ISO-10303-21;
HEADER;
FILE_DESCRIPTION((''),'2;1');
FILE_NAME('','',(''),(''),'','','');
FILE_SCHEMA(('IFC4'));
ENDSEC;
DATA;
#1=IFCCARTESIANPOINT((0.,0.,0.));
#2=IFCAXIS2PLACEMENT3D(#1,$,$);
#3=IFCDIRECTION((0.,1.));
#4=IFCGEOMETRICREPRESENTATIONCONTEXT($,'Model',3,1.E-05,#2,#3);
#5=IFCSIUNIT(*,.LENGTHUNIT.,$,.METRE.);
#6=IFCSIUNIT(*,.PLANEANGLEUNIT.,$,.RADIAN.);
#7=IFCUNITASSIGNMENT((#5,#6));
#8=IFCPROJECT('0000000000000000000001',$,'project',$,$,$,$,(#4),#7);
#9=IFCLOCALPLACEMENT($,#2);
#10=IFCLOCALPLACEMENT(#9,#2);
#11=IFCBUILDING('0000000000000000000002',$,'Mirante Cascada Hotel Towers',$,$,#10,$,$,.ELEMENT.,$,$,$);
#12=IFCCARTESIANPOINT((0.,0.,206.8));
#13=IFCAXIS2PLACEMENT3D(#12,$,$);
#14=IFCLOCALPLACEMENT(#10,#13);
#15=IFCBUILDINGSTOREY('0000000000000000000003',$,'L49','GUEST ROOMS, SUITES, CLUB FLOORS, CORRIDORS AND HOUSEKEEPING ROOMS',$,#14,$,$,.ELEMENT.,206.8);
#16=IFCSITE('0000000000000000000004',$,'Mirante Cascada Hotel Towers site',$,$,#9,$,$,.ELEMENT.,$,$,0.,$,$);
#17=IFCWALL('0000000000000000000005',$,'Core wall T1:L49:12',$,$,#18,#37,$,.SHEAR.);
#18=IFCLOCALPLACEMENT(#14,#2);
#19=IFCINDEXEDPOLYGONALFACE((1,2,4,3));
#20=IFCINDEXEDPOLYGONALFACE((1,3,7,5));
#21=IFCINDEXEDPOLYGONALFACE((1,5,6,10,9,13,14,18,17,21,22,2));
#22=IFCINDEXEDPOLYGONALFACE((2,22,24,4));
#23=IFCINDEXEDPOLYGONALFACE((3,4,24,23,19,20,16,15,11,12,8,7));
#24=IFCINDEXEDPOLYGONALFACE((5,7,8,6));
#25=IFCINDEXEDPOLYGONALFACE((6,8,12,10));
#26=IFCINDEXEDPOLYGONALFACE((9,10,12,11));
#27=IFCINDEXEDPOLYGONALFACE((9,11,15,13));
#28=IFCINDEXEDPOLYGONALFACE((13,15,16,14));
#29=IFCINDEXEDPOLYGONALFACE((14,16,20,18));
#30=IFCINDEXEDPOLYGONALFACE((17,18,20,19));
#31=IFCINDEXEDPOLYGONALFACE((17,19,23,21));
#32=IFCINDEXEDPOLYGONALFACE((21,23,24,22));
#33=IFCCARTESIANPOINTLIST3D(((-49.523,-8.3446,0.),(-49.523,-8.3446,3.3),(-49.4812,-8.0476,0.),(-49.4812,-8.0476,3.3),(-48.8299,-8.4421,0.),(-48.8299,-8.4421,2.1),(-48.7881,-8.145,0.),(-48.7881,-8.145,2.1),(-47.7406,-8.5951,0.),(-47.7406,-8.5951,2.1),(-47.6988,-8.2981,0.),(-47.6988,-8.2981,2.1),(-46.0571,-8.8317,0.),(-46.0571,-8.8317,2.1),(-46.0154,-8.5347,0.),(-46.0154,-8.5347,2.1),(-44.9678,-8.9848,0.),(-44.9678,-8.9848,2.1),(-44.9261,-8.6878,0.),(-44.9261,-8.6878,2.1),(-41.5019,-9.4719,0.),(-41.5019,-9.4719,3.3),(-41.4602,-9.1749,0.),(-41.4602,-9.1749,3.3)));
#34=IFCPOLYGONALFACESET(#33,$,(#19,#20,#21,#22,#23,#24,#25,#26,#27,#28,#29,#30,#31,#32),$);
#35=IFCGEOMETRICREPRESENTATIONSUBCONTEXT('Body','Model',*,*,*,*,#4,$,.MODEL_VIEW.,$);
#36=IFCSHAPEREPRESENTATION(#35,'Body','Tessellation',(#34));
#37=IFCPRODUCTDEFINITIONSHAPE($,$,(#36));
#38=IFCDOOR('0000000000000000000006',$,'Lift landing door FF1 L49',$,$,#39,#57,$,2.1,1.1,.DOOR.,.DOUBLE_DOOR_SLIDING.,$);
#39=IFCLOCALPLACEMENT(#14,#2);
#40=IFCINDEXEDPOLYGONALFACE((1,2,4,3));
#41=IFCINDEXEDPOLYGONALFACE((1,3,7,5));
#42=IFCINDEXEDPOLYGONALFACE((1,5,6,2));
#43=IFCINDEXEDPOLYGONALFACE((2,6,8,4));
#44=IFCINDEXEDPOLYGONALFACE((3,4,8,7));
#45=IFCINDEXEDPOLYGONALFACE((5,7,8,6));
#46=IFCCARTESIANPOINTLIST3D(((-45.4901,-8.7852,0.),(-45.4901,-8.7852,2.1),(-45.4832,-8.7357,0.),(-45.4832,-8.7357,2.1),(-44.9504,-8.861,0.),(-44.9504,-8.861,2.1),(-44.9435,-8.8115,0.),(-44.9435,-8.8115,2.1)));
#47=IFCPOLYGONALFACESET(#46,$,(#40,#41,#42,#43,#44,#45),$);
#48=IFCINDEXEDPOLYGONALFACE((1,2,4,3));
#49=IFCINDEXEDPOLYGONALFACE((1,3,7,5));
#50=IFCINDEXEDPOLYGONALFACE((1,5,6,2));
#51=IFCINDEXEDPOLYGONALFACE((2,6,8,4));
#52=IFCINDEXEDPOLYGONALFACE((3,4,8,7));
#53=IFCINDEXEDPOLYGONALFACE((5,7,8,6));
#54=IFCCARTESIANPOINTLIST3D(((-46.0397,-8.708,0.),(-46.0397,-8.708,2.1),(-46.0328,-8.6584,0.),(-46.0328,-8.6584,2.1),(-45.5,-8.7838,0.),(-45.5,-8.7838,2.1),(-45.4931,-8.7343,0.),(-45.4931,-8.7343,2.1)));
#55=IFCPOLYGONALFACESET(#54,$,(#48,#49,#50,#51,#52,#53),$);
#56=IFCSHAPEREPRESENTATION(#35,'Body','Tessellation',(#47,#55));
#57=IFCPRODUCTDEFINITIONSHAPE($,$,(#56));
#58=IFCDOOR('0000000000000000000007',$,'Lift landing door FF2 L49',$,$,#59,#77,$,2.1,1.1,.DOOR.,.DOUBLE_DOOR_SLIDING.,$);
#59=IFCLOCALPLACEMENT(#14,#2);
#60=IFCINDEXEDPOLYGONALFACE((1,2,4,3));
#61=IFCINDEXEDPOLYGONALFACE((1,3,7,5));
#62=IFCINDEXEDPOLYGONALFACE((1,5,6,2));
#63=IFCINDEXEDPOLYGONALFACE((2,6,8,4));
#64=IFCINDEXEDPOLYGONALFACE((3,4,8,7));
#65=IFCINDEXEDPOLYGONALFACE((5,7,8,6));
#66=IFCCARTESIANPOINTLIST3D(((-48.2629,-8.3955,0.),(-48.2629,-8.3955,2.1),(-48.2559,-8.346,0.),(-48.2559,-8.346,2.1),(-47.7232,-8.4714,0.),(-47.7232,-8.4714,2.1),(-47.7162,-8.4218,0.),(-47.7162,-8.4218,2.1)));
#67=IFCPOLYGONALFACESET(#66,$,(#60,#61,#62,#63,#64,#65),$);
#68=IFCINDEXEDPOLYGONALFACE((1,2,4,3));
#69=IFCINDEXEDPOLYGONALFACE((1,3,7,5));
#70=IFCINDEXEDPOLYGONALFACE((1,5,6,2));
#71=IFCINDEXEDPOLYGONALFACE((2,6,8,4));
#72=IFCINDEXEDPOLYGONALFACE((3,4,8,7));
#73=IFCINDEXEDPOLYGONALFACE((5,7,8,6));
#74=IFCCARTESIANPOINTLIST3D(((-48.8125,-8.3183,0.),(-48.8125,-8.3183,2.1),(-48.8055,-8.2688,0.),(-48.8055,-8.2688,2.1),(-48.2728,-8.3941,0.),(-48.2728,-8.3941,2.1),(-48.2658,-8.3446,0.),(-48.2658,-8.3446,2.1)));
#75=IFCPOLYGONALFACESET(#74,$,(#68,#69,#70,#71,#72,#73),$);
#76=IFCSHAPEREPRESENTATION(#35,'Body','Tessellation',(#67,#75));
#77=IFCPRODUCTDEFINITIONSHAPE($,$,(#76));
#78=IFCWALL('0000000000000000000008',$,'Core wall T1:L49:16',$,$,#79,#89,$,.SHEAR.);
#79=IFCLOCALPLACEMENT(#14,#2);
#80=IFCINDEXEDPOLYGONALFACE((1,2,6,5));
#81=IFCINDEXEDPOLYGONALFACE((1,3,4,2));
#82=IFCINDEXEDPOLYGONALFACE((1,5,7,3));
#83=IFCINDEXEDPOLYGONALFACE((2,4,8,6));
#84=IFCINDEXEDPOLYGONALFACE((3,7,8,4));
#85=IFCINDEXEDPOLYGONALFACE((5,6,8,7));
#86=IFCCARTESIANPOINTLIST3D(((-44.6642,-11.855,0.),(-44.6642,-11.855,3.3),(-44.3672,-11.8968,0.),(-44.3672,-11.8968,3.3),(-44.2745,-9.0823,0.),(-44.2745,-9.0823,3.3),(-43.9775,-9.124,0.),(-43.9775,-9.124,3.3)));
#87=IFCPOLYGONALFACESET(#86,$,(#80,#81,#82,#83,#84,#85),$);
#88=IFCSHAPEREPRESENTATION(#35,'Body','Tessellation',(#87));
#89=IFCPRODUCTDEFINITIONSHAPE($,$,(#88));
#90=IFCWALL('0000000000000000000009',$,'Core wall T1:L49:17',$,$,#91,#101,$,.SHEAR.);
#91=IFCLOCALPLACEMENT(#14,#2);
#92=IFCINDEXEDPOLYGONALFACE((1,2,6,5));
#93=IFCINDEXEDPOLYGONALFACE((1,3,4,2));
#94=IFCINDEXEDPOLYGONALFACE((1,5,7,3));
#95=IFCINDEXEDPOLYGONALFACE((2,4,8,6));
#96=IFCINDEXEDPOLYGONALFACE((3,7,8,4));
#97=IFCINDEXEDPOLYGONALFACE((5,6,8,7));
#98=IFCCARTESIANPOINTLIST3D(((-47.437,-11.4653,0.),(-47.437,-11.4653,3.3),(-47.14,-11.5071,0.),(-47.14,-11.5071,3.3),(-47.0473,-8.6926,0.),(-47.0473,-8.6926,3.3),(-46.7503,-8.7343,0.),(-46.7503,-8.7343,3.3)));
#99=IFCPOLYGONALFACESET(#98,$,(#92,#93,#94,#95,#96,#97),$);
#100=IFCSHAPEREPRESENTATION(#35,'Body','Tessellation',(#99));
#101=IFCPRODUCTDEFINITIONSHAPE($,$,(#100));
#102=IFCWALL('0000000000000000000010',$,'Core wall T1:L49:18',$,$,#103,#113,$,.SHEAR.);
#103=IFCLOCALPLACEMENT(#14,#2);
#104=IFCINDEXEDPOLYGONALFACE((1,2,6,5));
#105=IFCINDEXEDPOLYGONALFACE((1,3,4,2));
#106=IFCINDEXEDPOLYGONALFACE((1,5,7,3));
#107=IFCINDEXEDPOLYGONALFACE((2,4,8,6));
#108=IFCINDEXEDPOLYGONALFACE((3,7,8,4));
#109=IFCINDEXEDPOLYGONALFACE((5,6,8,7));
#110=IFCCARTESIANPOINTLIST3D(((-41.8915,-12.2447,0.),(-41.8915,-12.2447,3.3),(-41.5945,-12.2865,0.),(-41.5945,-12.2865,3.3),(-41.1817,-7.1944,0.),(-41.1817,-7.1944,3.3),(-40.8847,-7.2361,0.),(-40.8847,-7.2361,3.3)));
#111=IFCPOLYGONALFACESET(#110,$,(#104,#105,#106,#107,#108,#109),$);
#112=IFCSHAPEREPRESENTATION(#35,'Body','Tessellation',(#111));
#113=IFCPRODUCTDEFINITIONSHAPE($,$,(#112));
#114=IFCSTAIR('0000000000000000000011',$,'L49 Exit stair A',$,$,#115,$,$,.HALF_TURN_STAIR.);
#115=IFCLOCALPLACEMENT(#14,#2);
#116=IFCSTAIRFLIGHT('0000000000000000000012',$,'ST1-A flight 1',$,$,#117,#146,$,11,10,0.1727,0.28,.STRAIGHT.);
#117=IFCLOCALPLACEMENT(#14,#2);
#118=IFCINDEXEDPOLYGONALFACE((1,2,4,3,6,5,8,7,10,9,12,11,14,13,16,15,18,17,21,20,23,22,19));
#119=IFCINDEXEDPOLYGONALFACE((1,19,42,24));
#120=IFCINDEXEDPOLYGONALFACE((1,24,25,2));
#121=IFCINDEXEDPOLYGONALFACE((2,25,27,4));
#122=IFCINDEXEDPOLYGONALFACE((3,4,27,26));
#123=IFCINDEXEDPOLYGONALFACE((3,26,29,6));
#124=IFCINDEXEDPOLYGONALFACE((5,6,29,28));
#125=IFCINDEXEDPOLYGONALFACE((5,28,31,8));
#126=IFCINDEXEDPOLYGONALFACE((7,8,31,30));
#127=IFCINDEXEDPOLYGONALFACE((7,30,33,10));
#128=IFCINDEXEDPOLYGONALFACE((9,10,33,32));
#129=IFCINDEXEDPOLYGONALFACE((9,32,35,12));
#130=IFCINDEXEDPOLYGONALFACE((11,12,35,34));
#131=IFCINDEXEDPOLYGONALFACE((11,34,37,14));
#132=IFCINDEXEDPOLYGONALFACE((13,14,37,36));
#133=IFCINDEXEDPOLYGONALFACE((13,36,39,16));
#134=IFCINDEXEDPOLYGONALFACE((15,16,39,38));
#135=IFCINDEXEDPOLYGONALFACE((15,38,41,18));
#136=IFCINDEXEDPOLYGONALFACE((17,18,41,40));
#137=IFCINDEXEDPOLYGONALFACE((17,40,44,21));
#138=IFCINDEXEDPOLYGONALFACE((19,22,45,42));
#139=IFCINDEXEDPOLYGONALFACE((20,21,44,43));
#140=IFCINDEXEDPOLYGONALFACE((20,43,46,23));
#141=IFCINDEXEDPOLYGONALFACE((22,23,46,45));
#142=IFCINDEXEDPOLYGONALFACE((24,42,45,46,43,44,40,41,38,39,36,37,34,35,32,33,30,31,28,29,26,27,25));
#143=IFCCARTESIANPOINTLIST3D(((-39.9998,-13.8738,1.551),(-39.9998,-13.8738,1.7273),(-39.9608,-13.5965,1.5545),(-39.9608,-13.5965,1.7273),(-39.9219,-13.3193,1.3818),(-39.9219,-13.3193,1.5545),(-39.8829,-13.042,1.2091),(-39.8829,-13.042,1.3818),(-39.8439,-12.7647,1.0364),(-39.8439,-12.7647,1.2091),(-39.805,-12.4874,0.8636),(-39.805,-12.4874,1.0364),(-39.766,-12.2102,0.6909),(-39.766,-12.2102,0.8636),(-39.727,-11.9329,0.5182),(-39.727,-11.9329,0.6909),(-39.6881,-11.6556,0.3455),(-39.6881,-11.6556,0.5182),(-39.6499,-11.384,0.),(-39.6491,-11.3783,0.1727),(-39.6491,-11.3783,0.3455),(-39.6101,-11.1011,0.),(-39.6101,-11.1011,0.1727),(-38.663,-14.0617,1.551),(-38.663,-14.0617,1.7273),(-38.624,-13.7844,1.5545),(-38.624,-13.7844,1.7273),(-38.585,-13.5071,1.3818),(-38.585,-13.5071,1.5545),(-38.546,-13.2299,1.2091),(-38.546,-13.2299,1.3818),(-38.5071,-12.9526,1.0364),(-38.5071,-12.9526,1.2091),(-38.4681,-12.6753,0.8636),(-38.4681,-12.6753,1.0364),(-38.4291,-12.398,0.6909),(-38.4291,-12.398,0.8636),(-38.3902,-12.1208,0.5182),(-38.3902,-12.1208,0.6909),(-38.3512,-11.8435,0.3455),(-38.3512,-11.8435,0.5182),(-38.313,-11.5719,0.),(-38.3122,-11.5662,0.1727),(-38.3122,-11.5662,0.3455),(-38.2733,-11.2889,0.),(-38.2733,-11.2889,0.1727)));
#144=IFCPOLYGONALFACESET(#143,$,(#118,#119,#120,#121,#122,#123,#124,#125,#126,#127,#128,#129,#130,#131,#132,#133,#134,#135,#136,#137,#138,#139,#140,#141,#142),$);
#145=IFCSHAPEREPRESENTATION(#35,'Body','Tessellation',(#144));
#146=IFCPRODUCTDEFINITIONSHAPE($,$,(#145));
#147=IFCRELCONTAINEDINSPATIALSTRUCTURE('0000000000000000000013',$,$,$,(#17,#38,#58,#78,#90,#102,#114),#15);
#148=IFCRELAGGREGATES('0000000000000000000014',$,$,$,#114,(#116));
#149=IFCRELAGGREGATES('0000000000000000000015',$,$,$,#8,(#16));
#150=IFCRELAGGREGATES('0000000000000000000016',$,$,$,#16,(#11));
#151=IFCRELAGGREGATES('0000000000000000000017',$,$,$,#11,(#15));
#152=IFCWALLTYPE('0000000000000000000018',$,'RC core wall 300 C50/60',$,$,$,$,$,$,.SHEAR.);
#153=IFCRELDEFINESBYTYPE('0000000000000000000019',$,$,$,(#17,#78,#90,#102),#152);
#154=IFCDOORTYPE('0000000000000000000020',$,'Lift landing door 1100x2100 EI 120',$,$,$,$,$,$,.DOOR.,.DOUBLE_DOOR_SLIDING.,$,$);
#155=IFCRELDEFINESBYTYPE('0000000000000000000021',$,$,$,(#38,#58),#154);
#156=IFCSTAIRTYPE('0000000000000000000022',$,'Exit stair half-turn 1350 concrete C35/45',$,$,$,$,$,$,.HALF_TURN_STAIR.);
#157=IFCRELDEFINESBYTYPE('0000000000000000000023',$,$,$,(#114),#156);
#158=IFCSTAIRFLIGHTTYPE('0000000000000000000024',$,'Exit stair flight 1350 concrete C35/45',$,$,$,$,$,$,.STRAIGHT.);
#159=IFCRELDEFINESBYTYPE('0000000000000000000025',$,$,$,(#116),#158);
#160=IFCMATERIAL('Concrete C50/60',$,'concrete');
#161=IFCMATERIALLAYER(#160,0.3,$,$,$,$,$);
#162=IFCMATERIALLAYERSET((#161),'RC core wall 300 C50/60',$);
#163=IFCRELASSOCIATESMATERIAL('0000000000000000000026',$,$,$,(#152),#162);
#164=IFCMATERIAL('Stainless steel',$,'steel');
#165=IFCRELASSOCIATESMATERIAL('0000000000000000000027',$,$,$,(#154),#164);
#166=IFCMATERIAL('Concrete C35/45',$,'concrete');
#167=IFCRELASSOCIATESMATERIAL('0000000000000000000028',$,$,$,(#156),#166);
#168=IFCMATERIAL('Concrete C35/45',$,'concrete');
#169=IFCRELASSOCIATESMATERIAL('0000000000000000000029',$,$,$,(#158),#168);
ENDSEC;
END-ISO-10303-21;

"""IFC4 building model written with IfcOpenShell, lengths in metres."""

from ifc_helpers import new_model, si_unit, direction, frame, frame_2d, origin, place, context, subcontext, project, spatial, polyline, rectangle, outline, extrude, material, layer, layer_set, type_object, element, fill, aggregate, save


model = new_model("IFC4")

# Units and contexts
model_context = context("Model", 3, precision=1e-05, world=origin(), true_north=direction((0.0, 1.0)))
body_context = subcontext(model_context, "Body", "Model", "MODEL_VIEW")
ifc_project = project(units=[si_unit("LENGTHUNIT", "METRE"), si_unit("PLANEANGLEUNIT", "RADIAN")], contexts=[model_context])

# Site, building, storey
site_placement = place(None, origin())
site = spatial("IfcSite", under=ifc_project, at=site_placement, Name="Mirante Cascada Hotel Towers site", CompositionType="ELEMENT", RefElevation=0.0)
building_placement = place(site_placement, origin())
building = spatial("IfcBuilding", under=site, at=building_placement, Name="Mirante Cascada Hotel Towers", CompositionType="ELEMENT")
storey_placement = place(building_placement, frame((0.0, 0.0, 206.8)))
storey = spatial("IfcBuildingStorey", under=building, at=storey_placement, Name="L49", Description="GUEST ROOMS, SUITES, CLUB FLOORS, CORRIDORS AND HOUSEKEEPING ROOMS", CompositionType="ELEMENT", Elevation=206.8)

# Shared definitions
ifc_material_1 = material(Name="Concrete C50/60", Category="concrete")
ifc_layer_1 = layer(ifc_material_1, 0.3)
ifc_layer_set_1 = layer_set([ifc_layer_1], Name="RC core wall 300 C50/60")
wall_type_1 = type_object("IfcWallType", Name="RC core wall 300 C50/60", PredefinedType="SHEAR", material=ifc_layer_set_1)
ifc_material_2 = material(Name="Stainless steel", Category="steel")
door_type_1 = type_object("IfcDoorType", Name="Lift landing door 1100x2100 EI 120", OperationType="DOUBLE_DOOR_SLIDING", PredefinedType="DOOR", material=ifc_material_2)

# Wall, openings, doors
wall_1_placement = place(storey_placement, frame((-41.481, -9.3234, 0.0), z_axis=(0.0, 0.0, 1.0), x_axis=(-0.990268, 0.139174, 0.0)))
wall_1 = element("IfcWall", 1, at=wall_1_placement, inside=storey, type_object=wall_type_1, Name="Core wall T1:L49:12", PredefinedType="SHEAR", context=body_context, shape_type="SweptSolid", body=[
    extrude(rectangle(XDim=8.0999, YDim=0.3, at=frame_2d((4.05, 0.0))), origin(), (0.0, 0.0, 1.0), 3.3),
])
opening_1_placement = place(wall_1_placement, frame((3.5, 0.0, 0.0)))
opening_1 = element("IfcOpeningElement", 2, at=opening_1_placement, cuts=wall_1, PredefinedType="OPENING", context=body_context, shape_type="SweptSolid", body=[
    extrude(rectangle(XDim=1.1, YDim=2.1, at=frame_2d((0.55, 1.05))), frame((0.0, 0.15, 0.0), z_axis=(0.0, -1.0, 0.0), x_axis=(1.0, 0.0, 0.0)), (0.0, 0.0, 1.0), 0.3),
])
opening_2_placement = place(wall_1_placement, frame((6.3, 0.0, 0.0)))
opening_2 = element("IfcOpeningElement", 3, at=opening_2_placement, cuts=wall_1, PredefinedType="OPENING", context=body_context, shape_type="SweptSolid", body=[
    extrude(rectangle(XDim=1.1, YDim=2.1, at=frame_2d((0.55, 1.05))), frame((0.0, 0.15, 0.0), z_axis=(0.0, -1.0, 0.0), x_axis=(1.0, 0.0, 0.0)), (0.0, 0.0, 1.0), 0.3),
])
door_1_placement = place(opening_1_placement, origin())
door_1 = element("IfcDoor", 4, at=door_1_placement, inside=storey, type_object=door_type_1, Name="Lift landing door FF1 L49", OperationType="DOUBLE_DOOR_SLIDING", OverallHeight=2.1, OverallWidth=1.1, PredefinedType="DOOR", context=body_context, shape_type="SweptSolid", body=[
    extrude(rectangle(XDim=0.545, YDim=2.1, at=frame_2d((0.2725, 1.05))), frame((0.0, 0.025, 0.0), z_axis=(0.0, -1.0, 0.0), x_axis=(1.0, 0.0, 0.0)), (0.0, 0.0, 1.0), 0.05),
    extrude(rectangle(XDim=0.545, YDim=2.1, at=frame_2d((0.8275, 1.05))), frame((0.0, 0.025, 0.0), z_axis=(0.0, -1.0, 0.0), x_axis=(1.0, 0.0, 0.0)), (0.0, 0.0, 1.0), 0.05),
])
fill(opening_1, door_1)
door_2_placement = place(opening_2_placement, origin())
door_2 = element("IfcDoor", 5, at=door_2_placement, inside=storey, type_object=door_type_1, Name="Lift landing door FF2 L49", OperationType="DOUBLE_DOOR_SLIDING", OverallHeight=2.1, OverallWidth=1.1, PredefinedType="DOOR", context=body_context, shape_type="SweptSolid", body=[
    extrude(rectangle(XDim=0.545, YDim=2.1, at=frame_2d((0.2725, 1.05))), frame((0.0, 0.025, 0.0), z_axis=(0.0, -1.0, 0.0), x_axis=(1.0, 0.0, 0.0)), (0.0, 0.0, 1.0), 0.05),
    extrude(rectangle(XDim=0.545, YDim=2.1, at=frame_2d((0.8275, 1.05))), frame((0.0, 0.025, 0.0), z_axis=(0.0, -1.0, 0.0), x_axis=(1.0, 0.0, 0.0)), (0.0, 0.0, 1.0), 0.05),
])
fill(opening_2, door_2)

# Walls
for number, where, z_axis, x_axis, name in (
    (6, (-44.5157, -11.8759, 0.0), (0.0, 0.0, 1.0), (0.139181, 0.990267, 0.0), "Core wall T1:L49:16"),
    (7, (-47.2885, -11.4862, 0.0), (0.0, 0.0, 1.0), (0.139181, 0.990267, 0.0), "Core wall T1:L49:17"),
):
    element("IfcWall", number, at=place(storey_placement, frame(where, z_axis=z_axis, x_axis=x_axis)), inside=storey, type_object=wall_type_1, Name=name, PredefinedType="SHEAR", context=body_context, shape_type="SweptSolid", body=[
        extrude(rectangle(XDim=2.8, YDim=0.3, at=frame_2d((1.4, 0.0))), origin(), (0.0, 0.0, 1.0), 3.3),
    ])
wall_2_placement = place(storey_placement, frame((-41.743, -12.2656, 0.0), z_axis=(0.0, 0.0, 1.0), x_axis=(0.139176, 0.990268, 0.0)))
element("IfcWall", 8, at=wall_2_placement, inside=storey, type_object=wall_type_1, Name="Core wall T1:L49:18", PredefinedType="SHEAR", context=body_context, shape_type="SweptSolid", body=[
    extrude(rectangle(XDim=5.1, YDim=0.3, at=frame_2d((2.55, 0.0))), origin(), (0.0, 0.0, 1.0), 3.3),
])

# Stair, stair flight
ifc_material_3 = material(Name="Concrete C35/45", Category="concrete")
stair_type = type_object("IfcStairType", Name="Exit stair half-turn 1350 concrete C35/45", PredefinedType="HALF_TURN_STAIR", material=ifc_material_3)
stair_placement = place(storey_placement, origin())
stair = element("IfcStair", 9, at=stair_placement, inside=storey, type_object=stair_type, Name="L49 Exit stair A", PredefinedType="HALF_TURN_STAIR")
ifc_material_4 = material(Name="Concrete C35/45", Category="concrete")
stair_flight_type = type_object("IfcStairFlightType", Name="Exit stair flight 1350 concrete C35/45", PredefinedType="STRAIGHT", material=ifc_material_4)
stair_flight_placement = place(storey_placement, frame((-38.9417, -11.195, 0.0), z_axis=(0.0, 0.0, 1.0), x_axis=(-0.139173, -0.990268, 0.0)))
stair_flight = element("IfcStairFlight", 10, at=stair_flight_placement, type_object=stair_flight_type, Name="ST1-A flight 1", NumberOfRisers=11, NumberOfTreads=10, PredefinedType="STRAIGHT", RiserHeight=0.1727, TreadLength=0.28, context=body_context, shape_type="SweptSolid", body=[
    extrude(outline(polyline([(0.0, 0.0), (0.0, 0.1727), (0.28, 0.1727), (0.28, 0.3455), (0.56, 0.3455), (0.56, 0.5182), (0.84, 0.5182), (0.84, 0.6909), (1.12, 0.6909), (1.12, 0.8636), (1.4, 0.8636), (1.4, 1.0364), (1.68, 1.0364), (1.68, 1.2091), (1.96, 1.2091), (1.96, 1.3818), (2.24, 1.3818), (2.24, 1.5545), (2.52, 1.5545), (2.52, 1.7273), (2.8, 1.7273), (2.8, 1.9), (2.8, 1.551), (0.2857, 0.0), (0.0, 0.0)])), frame((0.0, 0.675, 0.0), z_axis=(0.0, -1.0, 0.0), x_axis=(1.0, 0.0, 0.0)), (0.0, 0.0, 1.0), 1.35),
])
aggregate(stair, [stair_flight])

save(model, "model.ifc")
